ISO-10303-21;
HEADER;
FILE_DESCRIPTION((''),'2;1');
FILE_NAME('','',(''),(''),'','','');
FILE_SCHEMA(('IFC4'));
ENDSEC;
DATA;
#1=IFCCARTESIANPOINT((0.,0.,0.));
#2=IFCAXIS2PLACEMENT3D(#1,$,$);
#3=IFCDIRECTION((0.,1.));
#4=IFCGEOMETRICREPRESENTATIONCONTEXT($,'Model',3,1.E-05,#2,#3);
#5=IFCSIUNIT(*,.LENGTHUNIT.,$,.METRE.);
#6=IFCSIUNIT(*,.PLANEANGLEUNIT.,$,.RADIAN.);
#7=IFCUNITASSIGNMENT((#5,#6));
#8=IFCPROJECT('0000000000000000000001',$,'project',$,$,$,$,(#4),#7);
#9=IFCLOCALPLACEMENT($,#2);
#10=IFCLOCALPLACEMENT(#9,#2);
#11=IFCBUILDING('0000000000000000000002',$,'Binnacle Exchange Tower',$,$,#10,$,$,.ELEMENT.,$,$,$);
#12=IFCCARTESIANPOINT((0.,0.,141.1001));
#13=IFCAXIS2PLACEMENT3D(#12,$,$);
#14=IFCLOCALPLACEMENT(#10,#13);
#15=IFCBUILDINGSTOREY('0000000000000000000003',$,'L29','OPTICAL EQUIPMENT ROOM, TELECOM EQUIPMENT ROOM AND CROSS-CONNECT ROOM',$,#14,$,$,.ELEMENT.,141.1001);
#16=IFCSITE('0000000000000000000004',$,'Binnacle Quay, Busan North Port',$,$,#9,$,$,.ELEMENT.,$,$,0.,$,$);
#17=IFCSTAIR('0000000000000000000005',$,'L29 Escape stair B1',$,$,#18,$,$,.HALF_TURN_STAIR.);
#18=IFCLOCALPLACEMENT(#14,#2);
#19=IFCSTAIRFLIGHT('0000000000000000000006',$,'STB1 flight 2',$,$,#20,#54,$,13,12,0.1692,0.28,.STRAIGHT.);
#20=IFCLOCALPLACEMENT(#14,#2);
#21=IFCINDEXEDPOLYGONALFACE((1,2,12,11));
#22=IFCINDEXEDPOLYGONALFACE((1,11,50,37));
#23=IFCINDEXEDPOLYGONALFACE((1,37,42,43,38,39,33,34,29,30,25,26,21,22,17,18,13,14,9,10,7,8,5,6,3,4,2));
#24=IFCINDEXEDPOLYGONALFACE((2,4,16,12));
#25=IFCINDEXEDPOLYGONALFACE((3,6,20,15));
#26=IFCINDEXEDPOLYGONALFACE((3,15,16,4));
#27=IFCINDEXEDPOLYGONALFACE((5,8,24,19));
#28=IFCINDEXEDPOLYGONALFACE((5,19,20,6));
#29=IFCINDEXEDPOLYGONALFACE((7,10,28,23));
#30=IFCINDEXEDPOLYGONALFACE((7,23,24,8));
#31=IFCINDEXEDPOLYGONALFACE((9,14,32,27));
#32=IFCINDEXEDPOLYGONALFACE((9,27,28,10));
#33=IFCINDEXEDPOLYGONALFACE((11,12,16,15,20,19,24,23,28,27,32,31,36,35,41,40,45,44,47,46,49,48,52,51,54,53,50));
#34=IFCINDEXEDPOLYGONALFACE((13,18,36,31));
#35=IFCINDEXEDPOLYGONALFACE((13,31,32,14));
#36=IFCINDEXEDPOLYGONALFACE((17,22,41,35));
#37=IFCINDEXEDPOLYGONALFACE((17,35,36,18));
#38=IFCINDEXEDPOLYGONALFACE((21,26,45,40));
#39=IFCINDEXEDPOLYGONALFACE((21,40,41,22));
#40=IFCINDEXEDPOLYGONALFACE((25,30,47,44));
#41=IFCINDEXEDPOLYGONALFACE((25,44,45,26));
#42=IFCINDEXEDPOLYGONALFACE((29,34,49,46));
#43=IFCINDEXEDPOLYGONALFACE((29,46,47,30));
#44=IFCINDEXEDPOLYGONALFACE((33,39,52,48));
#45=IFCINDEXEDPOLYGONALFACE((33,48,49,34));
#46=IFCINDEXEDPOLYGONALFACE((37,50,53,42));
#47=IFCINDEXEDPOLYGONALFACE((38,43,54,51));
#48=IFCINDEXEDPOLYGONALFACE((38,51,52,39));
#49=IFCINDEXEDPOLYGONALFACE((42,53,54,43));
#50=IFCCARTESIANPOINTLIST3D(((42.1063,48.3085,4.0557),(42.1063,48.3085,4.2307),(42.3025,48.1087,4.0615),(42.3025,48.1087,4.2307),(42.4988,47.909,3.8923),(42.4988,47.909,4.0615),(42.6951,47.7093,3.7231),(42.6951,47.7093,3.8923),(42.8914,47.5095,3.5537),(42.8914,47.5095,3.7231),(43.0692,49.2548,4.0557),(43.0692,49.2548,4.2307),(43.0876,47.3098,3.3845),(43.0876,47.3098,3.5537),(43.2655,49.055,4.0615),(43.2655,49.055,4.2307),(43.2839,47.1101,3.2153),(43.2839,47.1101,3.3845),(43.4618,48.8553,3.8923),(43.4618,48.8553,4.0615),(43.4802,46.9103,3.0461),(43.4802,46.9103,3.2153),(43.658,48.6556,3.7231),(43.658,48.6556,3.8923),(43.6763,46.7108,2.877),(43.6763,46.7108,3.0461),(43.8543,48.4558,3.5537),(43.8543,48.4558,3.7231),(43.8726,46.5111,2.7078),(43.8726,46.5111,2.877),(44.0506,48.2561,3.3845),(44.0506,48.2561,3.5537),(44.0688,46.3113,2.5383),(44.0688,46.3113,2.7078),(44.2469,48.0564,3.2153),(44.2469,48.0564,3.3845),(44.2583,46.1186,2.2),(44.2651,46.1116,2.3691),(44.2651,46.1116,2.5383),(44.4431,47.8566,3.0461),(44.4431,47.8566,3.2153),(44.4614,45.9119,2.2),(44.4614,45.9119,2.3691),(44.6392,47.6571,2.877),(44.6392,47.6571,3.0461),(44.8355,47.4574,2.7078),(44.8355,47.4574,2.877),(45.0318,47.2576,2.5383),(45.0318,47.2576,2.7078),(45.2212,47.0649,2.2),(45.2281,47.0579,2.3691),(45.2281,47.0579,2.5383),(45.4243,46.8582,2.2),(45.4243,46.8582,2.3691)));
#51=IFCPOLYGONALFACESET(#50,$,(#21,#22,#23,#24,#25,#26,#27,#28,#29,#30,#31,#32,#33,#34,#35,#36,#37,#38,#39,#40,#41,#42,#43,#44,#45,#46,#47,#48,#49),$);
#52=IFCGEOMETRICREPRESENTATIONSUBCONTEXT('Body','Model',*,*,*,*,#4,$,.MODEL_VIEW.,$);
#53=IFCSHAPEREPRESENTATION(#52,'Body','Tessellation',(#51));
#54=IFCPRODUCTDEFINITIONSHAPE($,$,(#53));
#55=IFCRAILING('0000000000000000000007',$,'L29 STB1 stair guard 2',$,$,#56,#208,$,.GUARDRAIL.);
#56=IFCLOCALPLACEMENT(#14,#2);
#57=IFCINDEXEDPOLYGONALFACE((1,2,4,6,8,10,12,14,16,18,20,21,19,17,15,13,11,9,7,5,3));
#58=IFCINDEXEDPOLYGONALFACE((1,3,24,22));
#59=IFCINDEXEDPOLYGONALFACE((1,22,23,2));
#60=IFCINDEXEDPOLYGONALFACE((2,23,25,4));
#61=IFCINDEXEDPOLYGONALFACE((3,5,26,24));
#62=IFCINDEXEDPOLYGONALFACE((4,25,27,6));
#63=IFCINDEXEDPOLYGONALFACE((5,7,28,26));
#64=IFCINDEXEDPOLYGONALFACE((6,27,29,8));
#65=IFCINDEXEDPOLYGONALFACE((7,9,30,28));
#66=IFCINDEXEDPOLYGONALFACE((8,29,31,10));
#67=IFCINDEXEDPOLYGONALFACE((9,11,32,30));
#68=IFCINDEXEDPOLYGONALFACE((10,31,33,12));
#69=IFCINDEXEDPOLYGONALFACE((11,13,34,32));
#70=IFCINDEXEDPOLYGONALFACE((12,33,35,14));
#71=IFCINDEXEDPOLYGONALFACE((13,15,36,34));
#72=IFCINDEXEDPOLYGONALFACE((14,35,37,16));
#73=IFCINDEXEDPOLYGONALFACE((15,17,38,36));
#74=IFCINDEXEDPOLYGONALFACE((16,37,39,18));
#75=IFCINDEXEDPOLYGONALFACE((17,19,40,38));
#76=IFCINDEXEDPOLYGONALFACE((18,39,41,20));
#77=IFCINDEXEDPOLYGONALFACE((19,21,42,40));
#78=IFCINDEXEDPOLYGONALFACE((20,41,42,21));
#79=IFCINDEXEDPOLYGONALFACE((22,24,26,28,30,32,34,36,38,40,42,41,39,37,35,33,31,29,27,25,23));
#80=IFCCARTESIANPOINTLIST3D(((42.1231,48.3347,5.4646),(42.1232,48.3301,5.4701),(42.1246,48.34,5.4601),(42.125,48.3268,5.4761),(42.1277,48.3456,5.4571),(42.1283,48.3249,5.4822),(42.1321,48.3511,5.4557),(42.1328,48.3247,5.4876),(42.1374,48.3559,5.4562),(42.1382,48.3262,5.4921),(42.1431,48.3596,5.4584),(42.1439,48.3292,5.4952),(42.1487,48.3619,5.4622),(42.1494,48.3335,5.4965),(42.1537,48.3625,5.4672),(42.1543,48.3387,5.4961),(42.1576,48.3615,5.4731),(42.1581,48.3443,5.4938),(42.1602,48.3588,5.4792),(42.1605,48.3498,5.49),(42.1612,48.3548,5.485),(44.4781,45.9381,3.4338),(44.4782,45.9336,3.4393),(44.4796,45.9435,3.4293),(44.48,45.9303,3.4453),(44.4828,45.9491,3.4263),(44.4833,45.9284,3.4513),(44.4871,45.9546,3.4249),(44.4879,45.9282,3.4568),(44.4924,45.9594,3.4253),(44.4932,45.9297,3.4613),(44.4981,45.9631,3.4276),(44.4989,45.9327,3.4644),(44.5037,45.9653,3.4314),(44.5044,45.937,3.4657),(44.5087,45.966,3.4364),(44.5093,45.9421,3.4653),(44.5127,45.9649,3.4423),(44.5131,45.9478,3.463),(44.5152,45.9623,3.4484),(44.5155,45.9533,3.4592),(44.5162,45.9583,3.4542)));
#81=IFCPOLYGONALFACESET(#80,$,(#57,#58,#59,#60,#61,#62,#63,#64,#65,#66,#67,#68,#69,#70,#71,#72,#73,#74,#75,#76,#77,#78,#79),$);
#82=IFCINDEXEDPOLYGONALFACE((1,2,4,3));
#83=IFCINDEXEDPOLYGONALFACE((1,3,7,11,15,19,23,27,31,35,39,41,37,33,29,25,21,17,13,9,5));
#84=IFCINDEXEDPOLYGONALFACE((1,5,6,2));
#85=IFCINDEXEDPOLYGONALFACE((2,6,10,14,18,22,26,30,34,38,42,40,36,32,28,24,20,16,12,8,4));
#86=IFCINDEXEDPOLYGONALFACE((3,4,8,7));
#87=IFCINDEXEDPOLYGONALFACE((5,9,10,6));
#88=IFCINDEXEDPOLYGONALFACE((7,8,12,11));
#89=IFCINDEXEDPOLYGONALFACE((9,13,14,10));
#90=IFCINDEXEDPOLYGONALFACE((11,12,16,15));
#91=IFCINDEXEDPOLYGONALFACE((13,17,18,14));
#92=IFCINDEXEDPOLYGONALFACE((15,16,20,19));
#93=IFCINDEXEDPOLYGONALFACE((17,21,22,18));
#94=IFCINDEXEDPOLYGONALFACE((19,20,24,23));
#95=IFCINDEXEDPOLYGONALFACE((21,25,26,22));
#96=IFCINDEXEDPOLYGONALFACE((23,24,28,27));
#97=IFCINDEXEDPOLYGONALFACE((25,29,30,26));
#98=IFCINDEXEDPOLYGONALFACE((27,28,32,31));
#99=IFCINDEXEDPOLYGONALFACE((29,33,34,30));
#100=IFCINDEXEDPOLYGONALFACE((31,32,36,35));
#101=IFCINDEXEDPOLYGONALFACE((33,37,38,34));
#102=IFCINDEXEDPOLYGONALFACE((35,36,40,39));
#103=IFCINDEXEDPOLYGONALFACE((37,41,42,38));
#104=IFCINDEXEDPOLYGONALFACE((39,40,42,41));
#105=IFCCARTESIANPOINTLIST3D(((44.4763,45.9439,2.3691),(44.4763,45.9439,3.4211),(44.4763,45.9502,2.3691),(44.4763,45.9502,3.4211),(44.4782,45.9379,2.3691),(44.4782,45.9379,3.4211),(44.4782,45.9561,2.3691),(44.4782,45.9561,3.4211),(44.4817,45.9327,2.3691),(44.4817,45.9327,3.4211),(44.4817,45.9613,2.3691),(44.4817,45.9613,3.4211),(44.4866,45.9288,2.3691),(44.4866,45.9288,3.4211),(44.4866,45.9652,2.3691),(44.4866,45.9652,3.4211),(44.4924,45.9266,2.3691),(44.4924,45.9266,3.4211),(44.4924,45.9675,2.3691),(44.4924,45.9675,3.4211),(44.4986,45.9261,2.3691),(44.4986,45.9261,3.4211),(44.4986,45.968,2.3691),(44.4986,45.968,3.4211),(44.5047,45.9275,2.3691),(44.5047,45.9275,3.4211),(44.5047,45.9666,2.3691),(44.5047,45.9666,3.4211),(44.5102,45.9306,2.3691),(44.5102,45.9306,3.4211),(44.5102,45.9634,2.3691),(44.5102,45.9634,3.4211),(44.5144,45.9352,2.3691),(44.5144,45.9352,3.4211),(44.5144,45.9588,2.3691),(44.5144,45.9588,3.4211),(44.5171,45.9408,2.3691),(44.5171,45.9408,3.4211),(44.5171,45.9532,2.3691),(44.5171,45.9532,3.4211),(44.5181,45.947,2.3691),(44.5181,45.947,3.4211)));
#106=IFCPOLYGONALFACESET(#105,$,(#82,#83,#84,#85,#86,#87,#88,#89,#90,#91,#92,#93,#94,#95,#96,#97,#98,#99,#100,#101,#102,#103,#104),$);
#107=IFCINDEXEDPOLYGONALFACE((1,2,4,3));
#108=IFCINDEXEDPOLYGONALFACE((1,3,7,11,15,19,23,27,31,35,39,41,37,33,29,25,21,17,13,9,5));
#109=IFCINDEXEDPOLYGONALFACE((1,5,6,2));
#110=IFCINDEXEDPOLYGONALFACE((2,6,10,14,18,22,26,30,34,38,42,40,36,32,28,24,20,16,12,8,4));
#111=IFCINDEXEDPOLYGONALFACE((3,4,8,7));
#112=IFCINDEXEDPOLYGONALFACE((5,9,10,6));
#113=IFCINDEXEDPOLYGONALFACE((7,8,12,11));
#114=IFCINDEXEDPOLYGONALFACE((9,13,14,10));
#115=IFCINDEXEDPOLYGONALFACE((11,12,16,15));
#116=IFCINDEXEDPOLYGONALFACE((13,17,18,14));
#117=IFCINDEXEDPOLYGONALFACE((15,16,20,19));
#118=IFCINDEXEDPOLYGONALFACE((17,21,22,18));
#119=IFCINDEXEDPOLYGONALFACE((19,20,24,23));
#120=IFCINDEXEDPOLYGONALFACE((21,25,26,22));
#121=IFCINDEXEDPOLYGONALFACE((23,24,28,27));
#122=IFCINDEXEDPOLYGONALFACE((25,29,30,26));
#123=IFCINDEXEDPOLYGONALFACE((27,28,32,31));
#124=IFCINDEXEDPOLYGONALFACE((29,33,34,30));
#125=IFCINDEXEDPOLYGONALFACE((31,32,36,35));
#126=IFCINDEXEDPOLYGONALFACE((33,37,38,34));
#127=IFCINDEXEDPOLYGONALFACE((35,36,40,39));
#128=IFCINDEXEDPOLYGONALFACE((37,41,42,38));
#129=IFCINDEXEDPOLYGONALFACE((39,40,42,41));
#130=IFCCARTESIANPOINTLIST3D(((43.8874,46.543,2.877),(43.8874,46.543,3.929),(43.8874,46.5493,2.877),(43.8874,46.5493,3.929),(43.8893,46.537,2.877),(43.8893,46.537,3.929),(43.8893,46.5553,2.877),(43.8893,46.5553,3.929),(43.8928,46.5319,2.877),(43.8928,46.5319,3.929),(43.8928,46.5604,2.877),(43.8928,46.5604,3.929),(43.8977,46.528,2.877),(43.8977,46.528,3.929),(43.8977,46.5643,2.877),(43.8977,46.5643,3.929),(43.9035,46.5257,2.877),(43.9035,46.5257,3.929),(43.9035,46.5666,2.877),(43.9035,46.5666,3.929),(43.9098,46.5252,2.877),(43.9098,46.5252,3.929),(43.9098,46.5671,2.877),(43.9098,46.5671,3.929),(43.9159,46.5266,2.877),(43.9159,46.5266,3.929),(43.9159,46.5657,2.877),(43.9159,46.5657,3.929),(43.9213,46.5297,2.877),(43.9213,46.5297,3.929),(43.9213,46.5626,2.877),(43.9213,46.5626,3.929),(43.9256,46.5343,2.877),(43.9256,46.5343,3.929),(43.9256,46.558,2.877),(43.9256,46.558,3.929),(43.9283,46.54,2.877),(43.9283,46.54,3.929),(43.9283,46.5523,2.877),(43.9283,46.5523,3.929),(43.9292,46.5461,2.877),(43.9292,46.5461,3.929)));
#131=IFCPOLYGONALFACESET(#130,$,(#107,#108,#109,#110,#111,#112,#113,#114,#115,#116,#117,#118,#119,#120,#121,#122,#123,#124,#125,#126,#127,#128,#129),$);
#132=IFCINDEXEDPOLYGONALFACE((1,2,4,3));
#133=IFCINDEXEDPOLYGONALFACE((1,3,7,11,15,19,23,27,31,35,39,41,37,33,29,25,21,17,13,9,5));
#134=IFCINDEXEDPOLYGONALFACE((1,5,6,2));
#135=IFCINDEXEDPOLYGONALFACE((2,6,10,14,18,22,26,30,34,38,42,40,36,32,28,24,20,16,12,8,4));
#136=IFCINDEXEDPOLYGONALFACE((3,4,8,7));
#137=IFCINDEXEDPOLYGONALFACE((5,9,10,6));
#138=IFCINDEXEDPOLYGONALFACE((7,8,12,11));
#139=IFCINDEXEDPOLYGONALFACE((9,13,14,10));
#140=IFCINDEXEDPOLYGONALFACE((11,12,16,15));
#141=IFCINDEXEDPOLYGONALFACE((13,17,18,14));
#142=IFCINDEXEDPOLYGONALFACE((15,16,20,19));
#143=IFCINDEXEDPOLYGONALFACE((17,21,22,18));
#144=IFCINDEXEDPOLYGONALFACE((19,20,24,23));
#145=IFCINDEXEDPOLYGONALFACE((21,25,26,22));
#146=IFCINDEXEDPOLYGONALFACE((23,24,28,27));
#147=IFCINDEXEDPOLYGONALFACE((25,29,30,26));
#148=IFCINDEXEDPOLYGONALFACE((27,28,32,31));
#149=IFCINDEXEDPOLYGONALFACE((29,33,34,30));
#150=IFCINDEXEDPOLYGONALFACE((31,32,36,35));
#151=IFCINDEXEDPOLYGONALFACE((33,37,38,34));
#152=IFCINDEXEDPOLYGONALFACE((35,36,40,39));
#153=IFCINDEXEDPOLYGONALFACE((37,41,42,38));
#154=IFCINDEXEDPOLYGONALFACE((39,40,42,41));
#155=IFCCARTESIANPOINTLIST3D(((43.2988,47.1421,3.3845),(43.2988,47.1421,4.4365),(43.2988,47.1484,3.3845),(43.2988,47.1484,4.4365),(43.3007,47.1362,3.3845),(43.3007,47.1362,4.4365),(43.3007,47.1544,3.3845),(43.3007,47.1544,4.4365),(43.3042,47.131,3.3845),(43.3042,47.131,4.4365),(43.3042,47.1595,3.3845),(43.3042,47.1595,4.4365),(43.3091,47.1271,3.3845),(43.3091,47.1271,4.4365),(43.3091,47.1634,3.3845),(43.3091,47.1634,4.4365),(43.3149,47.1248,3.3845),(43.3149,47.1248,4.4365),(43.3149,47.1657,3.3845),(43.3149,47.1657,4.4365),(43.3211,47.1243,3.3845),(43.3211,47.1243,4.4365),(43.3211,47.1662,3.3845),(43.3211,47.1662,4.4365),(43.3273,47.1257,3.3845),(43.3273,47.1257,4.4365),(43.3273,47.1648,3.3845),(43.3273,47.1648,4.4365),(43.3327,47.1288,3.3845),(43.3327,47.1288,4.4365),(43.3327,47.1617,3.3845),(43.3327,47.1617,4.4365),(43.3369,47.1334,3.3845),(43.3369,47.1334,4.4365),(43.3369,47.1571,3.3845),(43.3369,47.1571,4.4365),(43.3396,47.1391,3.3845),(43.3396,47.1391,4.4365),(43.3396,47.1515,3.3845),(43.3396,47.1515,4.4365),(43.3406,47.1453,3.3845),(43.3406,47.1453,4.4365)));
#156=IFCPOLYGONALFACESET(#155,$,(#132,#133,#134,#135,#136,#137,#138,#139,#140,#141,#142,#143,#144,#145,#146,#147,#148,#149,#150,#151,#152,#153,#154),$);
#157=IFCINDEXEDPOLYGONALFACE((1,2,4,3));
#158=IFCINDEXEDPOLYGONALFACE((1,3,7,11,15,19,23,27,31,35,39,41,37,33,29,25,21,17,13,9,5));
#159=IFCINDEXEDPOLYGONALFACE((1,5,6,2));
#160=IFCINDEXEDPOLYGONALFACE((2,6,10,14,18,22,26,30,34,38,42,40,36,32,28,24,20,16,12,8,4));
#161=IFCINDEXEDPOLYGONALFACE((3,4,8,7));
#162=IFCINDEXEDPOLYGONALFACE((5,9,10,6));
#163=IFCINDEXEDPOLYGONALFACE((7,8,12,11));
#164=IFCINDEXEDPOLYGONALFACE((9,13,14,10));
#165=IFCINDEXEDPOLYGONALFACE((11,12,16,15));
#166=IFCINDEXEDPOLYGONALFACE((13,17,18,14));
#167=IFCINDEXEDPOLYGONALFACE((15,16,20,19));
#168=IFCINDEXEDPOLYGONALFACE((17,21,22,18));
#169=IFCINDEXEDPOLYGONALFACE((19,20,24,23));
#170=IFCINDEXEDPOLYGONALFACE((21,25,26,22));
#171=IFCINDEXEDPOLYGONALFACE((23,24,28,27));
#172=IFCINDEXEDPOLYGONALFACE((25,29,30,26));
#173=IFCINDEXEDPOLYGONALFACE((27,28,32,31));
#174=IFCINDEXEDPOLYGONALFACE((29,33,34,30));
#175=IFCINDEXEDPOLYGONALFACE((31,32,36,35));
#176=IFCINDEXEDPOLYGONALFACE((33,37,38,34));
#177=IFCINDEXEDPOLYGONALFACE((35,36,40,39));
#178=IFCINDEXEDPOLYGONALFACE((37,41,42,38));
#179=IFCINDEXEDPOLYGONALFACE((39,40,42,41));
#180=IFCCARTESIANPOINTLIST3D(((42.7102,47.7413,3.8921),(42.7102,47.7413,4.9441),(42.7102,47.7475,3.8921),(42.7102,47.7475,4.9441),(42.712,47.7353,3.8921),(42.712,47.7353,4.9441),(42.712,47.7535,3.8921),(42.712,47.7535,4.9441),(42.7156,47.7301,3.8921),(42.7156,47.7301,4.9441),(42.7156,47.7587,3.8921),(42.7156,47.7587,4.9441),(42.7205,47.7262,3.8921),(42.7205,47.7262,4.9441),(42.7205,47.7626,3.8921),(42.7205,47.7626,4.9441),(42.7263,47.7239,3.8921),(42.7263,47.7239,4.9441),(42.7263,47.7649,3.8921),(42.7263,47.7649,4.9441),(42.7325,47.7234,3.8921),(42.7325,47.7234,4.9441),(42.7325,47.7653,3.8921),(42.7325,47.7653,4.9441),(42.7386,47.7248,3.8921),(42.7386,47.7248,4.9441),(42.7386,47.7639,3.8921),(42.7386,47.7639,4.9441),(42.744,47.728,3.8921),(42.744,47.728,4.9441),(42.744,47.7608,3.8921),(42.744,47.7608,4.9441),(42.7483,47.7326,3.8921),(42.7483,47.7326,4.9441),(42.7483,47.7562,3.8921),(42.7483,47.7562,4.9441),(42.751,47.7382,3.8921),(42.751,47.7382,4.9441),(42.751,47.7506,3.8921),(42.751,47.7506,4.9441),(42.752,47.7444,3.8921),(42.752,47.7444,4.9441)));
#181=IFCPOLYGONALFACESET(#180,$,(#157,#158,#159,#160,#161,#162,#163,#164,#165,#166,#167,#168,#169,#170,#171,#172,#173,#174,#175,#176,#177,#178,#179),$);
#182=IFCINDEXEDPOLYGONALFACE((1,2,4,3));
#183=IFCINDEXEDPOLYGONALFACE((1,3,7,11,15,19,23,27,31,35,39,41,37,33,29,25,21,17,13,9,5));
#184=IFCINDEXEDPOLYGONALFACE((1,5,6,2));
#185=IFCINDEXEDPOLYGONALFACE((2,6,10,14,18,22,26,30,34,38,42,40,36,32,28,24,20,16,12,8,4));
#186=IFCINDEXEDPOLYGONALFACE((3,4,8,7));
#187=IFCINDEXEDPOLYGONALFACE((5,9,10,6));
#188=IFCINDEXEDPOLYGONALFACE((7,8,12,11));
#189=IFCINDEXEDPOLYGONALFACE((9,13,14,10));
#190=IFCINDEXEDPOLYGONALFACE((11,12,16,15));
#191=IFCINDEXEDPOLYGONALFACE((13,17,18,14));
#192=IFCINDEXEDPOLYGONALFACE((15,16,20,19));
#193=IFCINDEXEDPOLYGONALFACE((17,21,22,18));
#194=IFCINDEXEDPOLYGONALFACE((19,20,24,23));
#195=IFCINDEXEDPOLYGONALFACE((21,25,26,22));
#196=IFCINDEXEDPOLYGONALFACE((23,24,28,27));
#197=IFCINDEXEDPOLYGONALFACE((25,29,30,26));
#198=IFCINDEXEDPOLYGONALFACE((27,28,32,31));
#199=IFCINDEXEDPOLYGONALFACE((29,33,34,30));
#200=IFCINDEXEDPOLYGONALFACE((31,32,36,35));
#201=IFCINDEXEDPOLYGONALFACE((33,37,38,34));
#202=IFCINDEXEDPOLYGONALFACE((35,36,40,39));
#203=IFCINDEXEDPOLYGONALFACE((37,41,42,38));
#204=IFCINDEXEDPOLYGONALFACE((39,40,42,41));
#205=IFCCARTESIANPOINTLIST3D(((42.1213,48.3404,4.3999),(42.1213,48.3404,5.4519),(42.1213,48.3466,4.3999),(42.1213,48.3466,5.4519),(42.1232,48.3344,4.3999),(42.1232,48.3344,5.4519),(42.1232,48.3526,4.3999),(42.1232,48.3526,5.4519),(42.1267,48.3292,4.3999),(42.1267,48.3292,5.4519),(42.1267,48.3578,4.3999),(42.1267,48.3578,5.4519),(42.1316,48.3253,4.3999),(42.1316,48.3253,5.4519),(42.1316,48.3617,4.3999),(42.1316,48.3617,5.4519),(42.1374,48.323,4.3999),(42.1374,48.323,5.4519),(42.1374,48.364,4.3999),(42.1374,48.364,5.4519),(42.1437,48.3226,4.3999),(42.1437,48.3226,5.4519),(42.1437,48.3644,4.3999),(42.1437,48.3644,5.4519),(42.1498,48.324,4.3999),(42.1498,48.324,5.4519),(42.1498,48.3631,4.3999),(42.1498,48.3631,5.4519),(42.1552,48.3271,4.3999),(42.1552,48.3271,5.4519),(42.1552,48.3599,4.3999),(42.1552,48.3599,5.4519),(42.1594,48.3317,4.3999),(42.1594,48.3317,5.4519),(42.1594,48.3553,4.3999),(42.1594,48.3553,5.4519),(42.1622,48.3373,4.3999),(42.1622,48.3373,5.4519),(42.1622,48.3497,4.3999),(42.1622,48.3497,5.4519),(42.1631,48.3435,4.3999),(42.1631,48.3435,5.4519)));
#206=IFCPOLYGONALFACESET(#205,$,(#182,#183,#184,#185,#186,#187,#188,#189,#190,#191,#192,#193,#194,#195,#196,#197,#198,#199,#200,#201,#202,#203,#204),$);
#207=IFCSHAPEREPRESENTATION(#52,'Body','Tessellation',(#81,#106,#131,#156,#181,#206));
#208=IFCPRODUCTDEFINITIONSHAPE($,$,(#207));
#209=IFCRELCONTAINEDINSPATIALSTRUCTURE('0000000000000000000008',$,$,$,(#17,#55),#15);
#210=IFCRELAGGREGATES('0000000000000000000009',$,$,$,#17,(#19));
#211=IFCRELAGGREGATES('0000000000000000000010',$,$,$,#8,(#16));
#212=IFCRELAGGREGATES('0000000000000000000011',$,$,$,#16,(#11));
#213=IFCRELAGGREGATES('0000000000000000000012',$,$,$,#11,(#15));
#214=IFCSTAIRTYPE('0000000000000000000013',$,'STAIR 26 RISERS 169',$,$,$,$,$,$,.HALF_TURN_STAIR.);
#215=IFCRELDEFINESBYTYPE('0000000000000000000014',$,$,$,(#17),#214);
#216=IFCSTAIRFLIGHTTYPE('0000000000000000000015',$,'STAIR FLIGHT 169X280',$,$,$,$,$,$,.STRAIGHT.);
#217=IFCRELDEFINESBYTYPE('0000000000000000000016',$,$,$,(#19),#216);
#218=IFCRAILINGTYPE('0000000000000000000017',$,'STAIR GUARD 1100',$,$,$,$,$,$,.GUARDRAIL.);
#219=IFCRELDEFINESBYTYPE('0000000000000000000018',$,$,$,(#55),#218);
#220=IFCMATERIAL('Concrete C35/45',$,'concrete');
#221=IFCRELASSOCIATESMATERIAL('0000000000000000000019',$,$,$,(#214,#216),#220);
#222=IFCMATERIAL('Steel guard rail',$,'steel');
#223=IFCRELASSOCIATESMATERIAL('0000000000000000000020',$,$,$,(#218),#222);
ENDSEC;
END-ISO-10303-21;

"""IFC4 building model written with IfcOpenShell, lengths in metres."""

from ifc_helpers import new_model, si_unit, direction, frame, origin, origin_2d, place, context, subcontext, project, spatial, polyline, circle, outline, extrude, material, type_object, element, aggregate, save


model = new_model("IFC4")

# Units and contexts
model_context = context("Model", 3, precision=1e-05, world=origin(), true_north=direction((0.0, 1.0)))
body_context = subcontext(model_context, "Body", "Model", "MODEL_VIEW")
ifc_project = project(units=[si_unit("LENGTHUNIT", "METRE"), si_unit("PLANEANGLEUNIT", "RADIAN")], contexts=[model_context])

# Site, building, storey
site_placement = place(None, origin())
site = spatial("IfcSite", under=ifc_project, at=site_placement, Name="Binnacle Quay, Busan North Port", CompositionType="ELEMENT", RefElevation=0.0)
building_placement = place(site_placement, origin())
building = spatial("IfcBuilding", under=site, at=building_placement, Name="Binnacle Exchange Tower", CompositionType="ELEMENT")
storey_placement = place(building_placement, frame((0.0, 0.0, 141.1001)))
storey = spatial("IfcBuildingStorey", under=building, at=storey_placement, Name="L29", Description="OPTICAL EQUIPMENT ROOM, TELECOM EQUIPMENT ROOM AND CROSS-CONNECT ROOM", CompositionType="ELEMENT", Elevation=141.1001)

# Stair, stair flight
ifc_material_1 = material(Name="Concrete C35/45", Category="concrete")
stair_type = type_object("IfcStairType", Name="STAIR 26 RISERS 169", PredefinedType="HALF_TURN_STAIR", material=ifc_material_1)
stair_placement = place(storey_placement, origin())
stair = element("IfcStair", 1, at=stair_placement, inside=storey, type_object=stair_type, Name="L29 Escape stair B1", PredefinedType="HALF_TURN_STAIR")
stair_flight_type = type_object("IfcStairFlightType", Name="STAIR FLIGHT 169X280", PredefinedType="STRAIGHT", material=ifc_material_1)
stair_flight_1_placement = place(storey_placement, frame((44.9429, 46.385, 2.2), z_axis=(0.0, 0.0, 1.0), x_axis=(-0.700909, 0.71325, 0.0)))
stair_flight_1 = element("IfcStairFlight", 2, at=stair_flight_1_placement, type_object=stair_flight_type, Name="STB1 flight 2", NumberOfRisers=13, NumberOfTreads=12, PredefinedType="STRAIGHT", RiserHeight=0.1692, TreadLength=0.28, context=body_context, shape_type="SweptSolid", body=[
    extrude(outline(polyline([(0.0, 0.0), (0.0, 0.1692), (0.28, 0.1692), (0.28, 0.3384), (0.5601, 0.3384), (0.5601, 0.5078), (0.8401, 0.5078), (0.8401, 0.677), (1.1201, 0.677), (1.1201, 0.8462), (1.3999, 0.8462), (1.3999, 1.0154), (1.6799, 1.0154), (1.6799, 1.1846), (1.96, 1.1846), (1.96, 1.3538), (2.24, 1.3538), (2.24, 1.5232), (2.52, 1.5232), (2.52, 1.6924), (2.8, 1.6924), (2.8, 1.8616), (3.0801, 1.8616), (3.0801, 2.0308), (3.3601, 2.0308), (3.3601, 2.2), (3.3601, 1.8557), (0.2898, 0.0), (0.0, 0.0)])), frame((0.0, 0.675, 0.0), z_axis=(0.0, -1.0, 0.0), x_axis=(1.0, 0.0, 0.0)), (0.0, 0.0, 1.0), 1.3501),
])
aggregate(stair, [stair_flight_1])

# Railing
ifc_material_2 = material(Name="Steel guard rail", Category="steel")
railing_type_1 = type_object("IfcRailingType", Name="STAIR GUARD 1100", PredefinedType="GUARDRAIL", material=ifc_material_2)
railing_1_placement = place(storey_placement, frame((44.4971, 45.947, 2.3691)))
element("IfcRailing", 3, at=railing_1_placement, inside=storey, type_object=railing_type_1, Name="L29 STB1 stair guard 2", PredefinedType="GUARDRAIL", context=body_context, shape_type="SweptSolid", body=[
    extrude(circle(Radius=0.0239, at=origin_2d()), frame((0.0, 0.0, 1.0762), z_axis=(-0.59985, 0.610422, 0.517267), x_axis=(-0.713256, -0.700903, 0.0)), (0.0, 0.0, 1.0), 3.926),
    extrude(circle(Radius=0.021, at=origin_2d()), origin(), (0.0, 0.0, 1.0), 1.052),
    extrude(circle(Radius=0.021, at=origin_2d()), frame((-0.5889, 0.5991, 0.5078)), (0.0, 0.0, 1.0), 1.052),
    extrude(circle(Radius=0.021, at=origin_2d()), frame((-1.1775, 1.1982, 1.0154)), (0.0, 0.0, 1.0), 1.052),
    extrude(circle(Radius=0.021, at=origin_2d()), frame((-1.7661, 1.7974, 1.5229)), (0.0, 0.0, 1.0), 1.052),
    extrude(circle(Radius=0.021, at=origin_2d()), frame((-2.355, 2.3965, 2.0308)), (0.0, 0.0, 1.0), 1.052),
])

save(model, "model.ifc")
